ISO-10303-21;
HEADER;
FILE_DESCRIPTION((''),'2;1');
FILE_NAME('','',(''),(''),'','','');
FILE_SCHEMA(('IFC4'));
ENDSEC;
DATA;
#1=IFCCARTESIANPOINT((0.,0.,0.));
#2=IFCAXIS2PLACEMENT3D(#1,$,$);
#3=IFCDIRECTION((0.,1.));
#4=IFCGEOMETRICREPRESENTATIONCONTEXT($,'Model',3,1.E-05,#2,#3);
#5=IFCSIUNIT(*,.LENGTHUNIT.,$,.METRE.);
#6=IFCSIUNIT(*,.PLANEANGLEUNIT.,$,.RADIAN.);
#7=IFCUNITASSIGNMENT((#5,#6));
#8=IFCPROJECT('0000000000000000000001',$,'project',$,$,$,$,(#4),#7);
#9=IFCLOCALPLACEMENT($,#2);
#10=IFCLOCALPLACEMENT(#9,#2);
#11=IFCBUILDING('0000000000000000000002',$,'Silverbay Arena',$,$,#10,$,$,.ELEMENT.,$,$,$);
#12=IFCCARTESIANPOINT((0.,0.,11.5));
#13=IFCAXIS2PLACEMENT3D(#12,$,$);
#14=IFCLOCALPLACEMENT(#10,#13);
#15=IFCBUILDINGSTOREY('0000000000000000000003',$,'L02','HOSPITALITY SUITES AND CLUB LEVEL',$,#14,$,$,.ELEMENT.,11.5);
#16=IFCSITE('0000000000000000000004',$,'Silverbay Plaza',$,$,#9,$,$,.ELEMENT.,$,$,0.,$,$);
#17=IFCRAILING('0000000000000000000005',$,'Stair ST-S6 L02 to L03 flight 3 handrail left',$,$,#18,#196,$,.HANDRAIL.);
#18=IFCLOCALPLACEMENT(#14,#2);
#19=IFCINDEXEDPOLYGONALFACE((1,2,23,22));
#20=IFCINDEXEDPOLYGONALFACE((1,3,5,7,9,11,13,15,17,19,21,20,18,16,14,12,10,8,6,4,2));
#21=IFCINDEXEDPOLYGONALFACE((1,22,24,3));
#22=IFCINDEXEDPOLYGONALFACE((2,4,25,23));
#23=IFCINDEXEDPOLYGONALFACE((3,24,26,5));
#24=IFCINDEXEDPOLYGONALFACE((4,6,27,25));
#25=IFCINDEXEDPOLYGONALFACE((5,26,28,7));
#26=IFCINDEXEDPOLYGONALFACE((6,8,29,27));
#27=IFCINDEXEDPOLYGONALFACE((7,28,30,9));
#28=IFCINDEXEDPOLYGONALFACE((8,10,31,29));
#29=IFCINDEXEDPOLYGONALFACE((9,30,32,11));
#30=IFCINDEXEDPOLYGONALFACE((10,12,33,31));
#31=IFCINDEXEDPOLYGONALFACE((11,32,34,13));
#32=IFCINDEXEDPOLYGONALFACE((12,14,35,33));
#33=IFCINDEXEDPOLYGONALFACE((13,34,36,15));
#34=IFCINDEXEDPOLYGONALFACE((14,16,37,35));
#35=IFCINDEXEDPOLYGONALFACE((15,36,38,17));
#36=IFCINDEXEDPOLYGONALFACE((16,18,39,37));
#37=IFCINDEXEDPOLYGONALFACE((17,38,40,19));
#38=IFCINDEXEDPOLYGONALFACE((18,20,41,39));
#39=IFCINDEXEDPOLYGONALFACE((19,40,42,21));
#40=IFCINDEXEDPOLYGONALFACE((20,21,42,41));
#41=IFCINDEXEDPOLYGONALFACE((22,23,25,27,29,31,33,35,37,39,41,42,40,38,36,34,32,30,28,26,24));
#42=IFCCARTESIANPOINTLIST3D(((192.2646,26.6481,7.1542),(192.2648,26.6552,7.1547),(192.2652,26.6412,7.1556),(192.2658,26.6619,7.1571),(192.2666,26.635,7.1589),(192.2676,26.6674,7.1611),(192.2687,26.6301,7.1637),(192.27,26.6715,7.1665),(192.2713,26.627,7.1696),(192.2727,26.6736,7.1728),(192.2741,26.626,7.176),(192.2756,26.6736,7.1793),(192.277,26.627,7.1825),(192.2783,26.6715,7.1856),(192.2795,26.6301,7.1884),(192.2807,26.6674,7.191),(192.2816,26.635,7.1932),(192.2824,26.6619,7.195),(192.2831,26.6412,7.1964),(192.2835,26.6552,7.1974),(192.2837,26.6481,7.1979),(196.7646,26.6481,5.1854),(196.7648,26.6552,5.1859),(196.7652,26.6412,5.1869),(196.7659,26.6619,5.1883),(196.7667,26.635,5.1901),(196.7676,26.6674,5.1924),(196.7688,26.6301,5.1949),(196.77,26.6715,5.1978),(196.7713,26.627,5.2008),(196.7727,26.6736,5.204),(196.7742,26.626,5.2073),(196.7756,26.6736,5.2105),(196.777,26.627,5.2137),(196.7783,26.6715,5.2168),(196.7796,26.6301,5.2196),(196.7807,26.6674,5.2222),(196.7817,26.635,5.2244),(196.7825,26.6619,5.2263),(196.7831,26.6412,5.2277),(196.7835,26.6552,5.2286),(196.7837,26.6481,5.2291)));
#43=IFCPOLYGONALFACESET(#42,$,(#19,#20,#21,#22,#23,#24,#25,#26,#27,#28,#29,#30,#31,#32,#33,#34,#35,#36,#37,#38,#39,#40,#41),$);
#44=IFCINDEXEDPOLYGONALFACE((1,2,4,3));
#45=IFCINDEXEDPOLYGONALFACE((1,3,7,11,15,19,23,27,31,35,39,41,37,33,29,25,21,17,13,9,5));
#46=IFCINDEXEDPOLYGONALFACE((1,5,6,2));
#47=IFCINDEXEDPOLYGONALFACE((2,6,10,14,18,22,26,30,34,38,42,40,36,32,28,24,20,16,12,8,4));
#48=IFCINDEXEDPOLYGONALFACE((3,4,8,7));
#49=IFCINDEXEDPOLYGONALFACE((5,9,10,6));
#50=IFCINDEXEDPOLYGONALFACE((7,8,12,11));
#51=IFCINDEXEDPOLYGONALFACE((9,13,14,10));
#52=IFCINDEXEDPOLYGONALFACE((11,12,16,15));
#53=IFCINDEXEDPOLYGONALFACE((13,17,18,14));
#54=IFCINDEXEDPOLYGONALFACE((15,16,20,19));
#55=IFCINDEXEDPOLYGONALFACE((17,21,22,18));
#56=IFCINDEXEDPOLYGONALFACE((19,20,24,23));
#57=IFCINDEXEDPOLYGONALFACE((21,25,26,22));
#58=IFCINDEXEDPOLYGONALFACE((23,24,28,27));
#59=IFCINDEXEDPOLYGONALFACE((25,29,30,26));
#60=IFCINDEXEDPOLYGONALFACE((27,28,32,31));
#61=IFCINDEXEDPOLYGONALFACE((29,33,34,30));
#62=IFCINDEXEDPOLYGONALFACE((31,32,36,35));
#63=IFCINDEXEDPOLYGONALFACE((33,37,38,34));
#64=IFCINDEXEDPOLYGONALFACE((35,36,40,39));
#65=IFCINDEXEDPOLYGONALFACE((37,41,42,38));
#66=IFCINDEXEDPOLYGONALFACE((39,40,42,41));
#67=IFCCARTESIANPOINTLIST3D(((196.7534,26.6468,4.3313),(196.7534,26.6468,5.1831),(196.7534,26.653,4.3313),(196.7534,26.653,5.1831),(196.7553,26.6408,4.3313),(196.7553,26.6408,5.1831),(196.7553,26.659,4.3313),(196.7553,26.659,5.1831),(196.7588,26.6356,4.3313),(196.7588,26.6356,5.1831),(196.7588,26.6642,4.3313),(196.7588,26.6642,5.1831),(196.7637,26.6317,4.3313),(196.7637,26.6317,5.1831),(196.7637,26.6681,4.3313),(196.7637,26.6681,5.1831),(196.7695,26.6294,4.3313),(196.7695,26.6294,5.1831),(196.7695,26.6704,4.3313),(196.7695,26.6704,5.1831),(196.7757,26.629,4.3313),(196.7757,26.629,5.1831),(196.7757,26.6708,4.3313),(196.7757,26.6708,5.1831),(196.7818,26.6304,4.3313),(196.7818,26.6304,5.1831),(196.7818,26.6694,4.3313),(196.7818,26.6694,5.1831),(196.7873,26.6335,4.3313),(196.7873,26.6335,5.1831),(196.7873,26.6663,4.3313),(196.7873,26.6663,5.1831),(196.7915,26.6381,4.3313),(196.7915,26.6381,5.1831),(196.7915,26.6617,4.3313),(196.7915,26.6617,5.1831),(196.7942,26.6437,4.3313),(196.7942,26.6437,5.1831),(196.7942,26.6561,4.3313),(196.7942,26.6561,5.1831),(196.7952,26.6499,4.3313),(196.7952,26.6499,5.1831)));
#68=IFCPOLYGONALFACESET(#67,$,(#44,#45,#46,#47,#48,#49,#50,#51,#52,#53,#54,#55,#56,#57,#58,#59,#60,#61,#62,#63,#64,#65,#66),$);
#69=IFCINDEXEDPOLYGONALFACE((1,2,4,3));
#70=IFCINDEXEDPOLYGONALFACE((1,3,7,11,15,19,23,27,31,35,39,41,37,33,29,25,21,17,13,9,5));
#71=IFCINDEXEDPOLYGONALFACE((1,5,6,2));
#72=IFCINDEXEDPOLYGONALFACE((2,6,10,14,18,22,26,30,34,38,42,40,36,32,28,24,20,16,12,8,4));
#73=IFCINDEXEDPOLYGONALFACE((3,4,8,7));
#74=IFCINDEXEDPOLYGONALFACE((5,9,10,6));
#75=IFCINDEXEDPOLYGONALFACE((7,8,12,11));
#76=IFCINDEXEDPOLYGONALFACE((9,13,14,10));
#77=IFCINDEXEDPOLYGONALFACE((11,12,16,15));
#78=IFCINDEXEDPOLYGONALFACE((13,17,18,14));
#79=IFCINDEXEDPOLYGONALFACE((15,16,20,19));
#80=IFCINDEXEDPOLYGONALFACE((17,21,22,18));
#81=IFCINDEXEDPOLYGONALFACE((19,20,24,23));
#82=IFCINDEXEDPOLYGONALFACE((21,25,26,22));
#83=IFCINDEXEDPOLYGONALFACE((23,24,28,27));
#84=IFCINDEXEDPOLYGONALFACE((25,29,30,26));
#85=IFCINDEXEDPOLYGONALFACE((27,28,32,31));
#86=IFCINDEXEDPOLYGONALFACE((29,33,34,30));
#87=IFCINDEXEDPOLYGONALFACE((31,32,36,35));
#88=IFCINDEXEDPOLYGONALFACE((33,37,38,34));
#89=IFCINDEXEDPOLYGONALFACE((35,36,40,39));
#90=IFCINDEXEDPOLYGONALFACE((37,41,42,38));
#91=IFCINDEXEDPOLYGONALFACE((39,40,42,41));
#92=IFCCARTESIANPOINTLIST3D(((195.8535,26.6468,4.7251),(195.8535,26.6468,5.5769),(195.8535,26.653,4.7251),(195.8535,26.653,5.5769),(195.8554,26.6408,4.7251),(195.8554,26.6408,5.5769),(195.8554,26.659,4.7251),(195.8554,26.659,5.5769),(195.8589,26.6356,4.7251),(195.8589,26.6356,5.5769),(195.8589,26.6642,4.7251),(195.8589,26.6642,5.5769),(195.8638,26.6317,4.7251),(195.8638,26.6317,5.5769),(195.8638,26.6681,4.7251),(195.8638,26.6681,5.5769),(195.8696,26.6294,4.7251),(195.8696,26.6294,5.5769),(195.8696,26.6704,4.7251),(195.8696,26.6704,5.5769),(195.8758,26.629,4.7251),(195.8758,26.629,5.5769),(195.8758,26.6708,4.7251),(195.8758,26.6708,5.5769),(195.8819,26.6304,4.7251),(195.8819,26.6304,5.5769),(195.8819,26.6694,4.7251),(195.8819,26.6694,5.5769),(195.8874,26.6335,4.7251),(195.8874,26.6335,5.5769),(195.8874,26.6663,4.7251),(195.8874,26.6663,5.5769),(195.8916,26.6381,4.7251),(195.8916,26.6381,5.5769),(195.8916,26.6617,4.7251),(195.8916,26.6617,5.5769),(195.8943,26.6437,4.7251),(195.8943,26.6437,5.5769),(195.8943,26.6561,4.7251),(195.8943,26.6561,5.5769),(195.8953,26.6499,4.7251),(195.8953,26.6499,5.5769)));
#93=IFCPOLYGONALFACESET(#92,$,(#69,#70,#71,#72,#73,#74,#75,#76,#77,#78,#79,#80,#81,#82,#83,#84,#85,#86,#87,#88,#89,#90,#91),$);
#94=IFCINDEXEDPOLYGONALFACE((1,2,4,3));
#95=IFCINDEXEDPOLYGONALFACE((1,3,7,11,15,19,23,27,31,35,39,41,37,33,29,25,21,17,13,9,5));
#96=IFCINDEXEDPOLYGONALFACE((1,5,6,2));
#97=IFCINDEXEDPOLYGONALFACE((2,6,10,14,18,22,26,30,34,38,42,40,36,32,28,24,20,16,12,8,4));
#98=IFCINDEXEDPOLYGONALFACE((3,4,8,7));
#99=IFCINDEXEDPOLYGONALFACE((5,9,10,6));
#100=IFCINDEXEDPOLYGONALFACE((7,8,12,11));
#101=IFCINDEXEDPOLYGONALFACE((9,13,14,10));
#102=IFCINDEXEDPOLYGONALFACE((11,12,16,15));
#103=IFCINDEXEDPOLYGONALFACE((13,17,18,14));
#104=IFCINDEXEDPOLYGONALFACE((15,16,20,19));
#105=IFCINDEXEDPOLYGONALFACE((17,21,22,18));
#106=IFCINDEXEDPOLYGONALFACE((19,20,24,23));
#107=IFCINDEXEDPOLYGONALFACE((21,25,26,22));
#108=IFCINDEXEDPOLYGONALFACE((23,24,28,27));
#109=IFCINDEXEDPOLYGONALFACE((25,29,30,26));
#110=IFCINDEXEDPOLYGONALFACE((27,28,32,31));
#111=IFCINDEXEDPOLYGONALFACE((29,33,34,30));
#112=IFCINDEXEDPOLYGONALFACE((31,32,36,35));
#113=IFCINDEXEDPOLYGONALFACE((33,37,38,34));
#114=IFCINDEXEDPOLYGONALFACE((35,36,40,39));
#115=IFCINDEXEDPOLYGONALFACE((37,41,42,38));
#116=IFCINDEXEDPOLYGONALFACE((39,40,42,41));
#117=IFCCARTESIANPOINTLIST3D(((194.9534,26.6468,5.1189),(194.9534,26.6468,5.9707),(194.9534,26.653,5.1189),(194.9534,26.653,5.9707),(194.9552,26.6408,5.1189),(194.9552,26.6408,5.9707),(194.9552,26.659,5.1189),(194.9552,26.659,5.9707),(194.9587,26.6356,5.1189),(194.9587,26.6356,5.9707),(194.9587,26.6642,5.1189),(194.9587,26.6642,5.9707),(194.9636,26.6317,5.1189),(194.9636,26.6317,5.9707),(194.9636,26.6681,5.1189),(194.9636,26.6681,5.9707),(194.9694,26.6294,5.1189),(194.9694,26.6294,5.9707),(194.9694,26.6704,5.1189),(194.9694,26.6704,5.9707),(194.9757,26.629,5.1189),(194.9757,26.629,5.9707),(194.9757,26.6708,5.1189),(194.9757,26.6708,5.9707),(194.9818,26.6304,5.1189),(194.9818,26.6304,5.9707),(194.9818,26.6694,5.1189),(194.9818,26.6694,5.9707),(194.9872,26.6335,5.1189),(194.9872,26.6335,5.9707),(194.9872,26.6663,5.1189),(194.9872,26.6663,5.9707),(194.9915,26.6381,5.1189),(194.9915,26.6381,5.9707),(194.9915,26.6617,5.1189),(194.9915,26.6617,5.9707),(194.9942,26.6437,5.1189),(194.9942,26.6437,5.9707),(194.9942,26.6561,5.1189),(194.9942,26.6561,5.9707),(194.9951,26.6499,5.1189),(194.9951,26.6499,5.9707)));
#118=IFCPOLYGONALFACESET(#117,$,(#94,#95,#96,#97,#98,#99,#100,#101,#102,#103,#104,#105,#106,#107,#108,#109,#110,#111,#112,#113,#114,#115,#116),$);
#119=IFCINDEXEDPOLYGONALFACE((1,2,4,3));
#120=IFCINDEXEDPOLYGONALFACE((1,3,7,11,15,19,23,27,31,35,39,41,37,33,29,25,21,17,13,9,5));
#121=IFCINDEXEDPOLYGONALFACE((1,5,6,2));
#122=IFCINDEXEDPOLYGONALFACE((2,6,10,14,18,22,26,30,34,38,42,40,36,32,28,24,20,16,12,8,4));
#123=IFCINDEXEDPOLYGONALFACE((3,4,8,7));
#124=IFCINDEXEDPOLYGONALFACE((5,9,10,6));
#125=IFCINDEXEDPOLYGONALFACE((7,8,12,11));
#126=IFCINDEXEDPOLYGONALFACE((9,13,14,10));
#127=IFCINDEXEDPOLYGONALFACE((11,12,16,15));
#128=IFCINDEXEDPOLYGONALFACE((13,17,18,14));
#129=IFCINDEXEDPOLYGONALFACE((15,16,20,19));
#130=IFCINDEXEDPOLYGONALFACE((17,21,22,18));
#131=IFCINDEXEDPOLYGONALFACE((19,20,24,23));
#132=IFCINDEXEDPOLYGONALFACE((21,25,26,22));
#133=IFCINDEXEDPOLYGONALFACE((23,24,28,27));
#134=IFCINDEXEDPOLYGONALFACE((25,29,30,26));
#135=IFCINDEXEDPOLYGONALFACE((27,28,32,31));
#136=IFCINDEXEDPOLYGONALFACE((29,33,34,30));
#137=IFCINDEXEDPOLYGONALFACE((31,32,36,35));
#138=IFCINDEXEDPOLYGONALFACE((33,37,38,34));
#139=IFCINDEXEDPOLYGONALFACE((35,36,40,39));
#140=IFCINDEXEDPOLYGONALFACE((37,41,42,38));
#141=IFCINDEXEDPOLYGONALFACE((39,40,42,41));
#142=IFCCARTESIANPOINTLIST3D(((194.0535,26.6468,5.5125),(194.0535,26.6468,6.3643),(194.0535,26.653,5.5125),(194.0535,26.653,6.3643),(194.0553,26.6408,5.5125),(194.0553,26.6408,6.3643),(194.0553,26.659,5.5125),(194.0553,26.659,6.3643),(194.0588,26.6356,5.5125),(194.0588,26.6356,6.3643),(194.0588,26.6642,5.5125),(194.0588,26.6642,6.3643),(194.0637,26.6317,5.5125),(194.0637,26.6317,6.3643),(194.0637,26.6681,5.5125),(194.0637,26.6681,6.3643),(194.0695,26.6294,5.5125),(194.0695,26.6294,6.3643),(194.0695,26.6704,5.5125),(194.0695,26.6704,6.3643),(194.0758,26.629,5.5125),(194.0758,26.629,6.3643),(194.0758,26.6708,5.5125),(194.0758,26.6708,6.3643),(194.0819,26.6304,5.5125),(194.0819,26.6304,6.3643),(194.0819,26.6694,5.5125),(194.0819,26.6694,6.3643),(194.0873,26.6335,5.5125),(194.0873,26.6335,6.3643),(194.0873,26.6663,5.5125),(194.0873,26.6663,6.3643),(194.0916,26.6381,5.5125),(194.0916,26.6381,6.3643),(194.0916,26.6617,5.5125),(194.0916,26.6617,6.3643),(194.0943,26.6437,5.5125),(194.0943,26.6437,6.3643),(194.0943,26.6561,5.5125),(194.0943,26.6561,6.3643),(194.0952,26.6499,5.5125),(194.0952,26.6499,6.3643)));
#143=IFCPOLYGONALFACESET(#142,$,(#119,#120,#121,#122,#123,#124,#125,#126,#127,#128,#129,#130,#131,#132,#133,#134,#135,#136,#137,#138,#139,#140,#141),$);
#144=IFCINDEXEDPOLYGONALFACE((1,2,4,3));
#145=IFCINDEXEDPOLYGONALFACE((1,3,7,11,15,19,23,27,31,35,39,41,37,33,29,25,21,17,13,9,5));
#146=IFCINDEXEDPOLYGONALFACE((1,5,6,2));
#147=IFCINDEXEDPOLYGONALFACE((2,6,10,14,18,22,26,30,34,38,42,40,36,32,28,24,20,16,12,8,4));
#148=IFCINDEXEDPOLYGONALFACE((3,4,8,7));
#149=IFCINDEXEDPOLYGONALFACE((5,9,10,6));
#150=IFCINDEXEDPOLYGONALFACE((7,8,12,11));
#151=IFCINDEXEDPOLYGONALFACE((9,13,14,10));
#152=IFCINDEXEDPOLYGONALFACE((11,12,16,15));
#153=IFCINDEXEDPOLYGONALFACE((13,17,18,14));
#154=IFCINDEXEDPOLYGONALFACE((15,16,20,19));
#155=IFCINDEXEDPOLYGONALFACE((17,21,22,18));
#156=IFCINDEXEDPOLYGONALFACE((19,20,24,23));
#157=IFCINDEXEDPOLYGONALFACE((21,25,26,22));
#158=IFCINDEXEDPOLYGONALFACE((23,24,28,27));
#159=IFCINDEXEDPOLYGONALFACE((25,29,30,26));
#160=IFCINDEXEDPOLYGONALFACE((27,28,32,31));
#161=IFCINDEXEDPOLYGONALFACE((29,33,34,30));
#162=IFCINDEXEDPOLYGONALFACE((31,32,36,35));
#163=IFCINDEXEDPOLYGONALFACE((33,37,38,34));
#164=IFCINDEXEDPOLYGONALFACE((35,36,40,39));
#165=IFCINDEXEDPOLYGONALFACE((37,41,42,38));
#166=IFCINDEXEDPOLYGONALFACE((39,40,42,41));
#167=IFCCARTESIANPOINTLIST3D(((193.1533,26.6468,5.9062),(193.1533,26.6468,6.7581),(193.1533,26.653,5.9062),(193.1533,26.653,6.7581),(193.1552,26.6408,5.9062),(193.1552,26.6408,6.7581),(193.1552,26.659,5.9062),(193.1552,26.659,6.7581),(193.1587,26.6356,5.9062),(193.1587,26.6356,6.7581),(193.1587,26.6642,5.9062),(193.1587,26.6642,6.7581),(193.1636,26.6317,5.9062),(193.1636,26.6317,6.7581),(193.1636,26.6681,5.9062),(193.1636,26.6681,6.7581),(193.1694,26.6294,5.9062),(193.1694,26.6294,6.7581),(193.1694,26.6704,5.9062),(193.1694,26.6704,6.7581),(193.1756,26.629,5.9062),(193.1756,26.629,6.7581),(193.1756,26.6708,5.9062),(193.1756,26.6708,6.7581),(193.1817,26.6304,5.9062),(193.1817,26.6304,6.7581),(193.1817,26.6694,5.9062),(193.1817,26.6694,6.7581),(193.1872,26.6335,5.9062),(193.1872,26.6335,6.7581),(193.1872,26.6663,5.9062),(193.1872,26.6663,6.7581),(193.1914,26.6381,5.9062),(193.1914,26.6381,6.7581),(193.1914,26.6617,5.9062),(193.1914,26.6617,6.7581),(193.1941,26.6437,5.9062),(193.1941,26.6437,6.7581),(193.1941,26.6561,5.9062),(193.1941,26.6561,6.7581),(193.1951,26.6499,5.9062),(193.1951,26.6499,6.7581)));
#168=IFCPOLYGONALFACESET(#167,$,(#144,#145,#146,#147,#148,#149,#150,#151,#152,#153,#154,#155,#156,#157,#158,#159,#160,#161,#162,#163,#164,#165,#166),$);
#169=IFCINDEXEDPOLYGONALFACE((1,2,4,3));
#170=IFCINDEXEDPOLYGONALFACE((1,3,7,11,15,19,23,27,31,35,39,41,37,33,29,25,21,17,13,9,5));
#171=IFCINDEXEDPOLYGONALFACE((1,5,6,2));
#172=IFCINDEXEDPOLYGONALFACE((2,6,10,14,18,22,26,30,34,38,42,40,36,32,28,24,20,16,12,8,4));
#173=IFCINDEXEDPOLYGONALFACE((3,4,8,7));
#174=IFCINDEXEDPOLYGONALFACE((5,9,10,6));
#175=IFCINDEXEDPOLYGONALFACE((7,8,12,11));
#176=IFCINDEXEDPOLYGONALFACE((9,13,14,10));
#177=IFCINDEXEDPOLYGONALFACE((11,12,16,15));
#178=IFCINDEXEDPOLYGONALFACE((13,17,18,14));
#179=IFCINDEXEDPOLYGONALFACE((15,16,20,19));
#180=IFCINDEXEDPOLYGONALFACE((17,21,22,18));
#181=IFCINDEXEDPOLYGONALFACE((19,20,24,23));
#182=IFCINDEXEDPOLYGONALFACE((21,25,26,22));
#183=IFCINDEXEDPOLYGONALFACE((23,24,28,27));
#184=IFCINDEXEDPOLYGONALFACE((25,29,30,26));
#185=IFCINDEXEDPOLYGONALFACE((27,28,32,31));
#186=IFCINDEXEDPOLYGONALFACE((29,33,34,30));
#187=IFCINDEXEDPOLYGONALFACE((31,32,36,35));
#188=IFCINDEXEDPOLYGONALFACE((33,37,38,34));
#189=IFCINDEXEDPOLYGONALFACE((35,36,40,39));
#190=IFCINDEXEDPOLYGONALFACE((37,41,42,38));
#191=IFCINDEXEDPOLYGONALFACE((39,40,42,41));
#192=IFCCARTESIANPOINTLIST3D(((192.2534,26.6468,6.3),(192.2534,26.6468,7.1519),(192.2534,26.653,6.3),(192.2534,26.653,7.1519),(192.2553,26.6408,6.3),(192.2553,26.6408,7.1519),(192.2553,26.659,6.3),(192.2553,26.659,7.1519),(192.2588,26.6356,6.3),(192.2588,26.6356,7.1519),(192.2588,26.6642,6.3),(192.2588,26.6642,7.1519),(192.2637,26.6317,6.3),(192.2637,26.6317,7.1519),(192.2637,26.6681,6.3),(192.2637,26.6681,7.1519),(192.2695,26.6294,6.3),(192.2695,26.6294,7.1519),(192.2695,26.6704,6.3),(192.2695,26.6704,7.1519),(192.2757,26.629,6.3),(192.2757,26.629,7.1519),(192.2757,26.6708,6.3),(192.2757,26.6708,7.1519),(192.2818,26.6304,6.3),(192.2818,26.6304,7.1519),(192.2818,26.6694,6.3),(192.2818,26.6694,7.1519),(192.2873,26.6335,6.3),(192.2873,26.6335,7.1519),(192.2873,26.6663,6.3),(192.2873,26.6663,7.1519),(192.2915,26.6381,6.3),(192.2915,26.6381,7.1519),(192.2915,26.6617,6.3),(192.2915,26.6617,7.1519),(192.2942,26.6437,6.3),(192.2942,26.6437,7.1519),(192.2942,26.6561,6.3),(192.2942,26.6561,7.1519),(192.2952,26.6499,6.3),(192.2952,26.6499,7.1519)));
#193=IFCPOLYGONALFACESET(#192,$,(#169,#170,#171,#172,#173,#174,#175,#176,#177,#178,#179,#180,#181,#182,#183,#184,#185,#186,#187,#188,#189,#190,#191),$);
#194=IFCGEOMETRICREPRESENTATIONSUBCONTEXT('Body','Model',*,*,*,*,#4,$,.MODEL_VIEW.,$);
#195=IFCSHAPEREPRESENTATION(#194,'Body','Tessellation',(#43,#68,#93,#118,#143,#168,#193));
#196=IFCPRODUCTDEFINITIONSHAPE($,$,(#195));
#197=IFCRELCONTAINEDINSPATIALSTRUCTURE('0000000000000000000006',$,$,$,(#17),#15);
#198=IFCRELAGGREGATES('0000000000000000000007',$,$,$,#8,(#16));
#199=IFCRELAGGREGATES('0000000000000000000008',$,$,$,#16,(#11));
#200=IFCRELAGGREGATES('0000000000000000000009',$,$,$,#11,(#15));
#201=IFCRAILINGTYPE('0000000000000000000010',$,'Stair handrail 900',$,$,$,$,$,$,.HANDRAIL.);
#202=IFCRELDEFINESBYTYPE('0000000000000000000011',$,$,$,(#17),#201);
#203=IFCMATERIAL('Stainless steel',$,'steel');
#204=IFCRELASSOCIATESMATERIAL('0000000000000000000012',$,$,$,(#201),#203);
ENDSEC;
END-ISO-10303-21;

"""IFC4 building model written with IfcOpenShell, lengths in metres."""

from ifc_helpers import new_model, si_unit, direction, frame, origin, origin_2d, place, context, subcontext, project, spatial, circle, extrude, material, type_object, element, save


model = new_model("IFC4")

# Units and contexts
model_context = context("Model", 3, precision=1e-05, world=origin(), true_north=direction((0.0, 1.0)))
body_context = subcontext(model_context, "Body", "Model", "MODEL_VIEW")
ifc_project = project(units=[si_unit("LENGTHUNIT", "METRE"), si_unit("PLANEANGLEUNIT", "RADIAN")], contexts=[model_context])

# Site, building, storey
site_placement = place(None, origin())
site = spatial("IfcSite", under=ifc_project, at=site_placement, Name="Silverbay Plaza", CompositionType="ELEMENT", RefElevation=0.0)
building_placement = place(site_placement, origin())
building = spatial("IfcBuilding", under=site, at=building_placement, Name="Silverbay Arena", CompositionType="ELEMENT")
storey_placement = place(building_placement, frame((0.0, 0.0, 11.5)))
storey = spatial("IfcBuildingStorey", under=building, at=storey_placement, Name="L02", Description="HOSPITALITY SUITES AND CLUB LEVEL", CompositionType="ELEMENT", Elevation=11.5)

# Railing
ifc_material_1 = material(Name="Stainless steel", Category="steel")
railing_type_1 = type_object("IfcRailingType", Name="Stair handrail 900", PredefinedType="HANDRAIL", material=ifc_material_1)
for number, where, name in (
    (1, (196.7742, 26.6499, 4.3313), "Stair ST-S6 L02 to L03 flight 3 handrail left"),
):
    element("IfcRailing", number, at=place(storey_placement, frame(where)), inside=storey, type_object=railing_type_1, Name=name, PredefinedType="HANDRAIL", context=body_context, shape_type="SweptSolid", body=[
        extrude(circle(Radius=0.0239, at=origin_2d()), frame((0.0, 0.0, 0.876), z_axis=(-0.916157, 0.0, 0.400819), x_axis=(0.0, -1.0, 0.0)), (0.0, 0.0, 1.0), 4.9119),
        extrude(circle(Radius=0.021, at=origin_2d()), origin(), (0.0, 0.0, 1.0), 0.8518),
        extrude(circle(Radius=0.021, at=origin_2d()), frame((-0.8999, 0.0, 0.3938)), (0.0, 0.0, 1.0), 0.8518),
        extrude(circle(Radius=0.021, at=origin_2d()), frame((-1.8, 0.0, 0.7876)), (0.0, 0.0, 1.0), 0.8518),
        extrude(circle(Radius=0.021, at=origin_2d()), frame((-2.7, 0.0, 1.1812)), (0.0, 0.0, 1.0), 0.8518),
        extrude(circle(Radius=0.021, at=origin_2d()), frame((-3.6001, 0.0, 1.575)), (0.0, 0.0, 1.0), 0.8518),
        extrude(circle(Radius=0.021, at=origin_2d()), frame((-4.5, 0.0, 1.9688)), (0.0, 0.0, 1.0), 0.8518),
    ])

save(model, "model.ifc")
